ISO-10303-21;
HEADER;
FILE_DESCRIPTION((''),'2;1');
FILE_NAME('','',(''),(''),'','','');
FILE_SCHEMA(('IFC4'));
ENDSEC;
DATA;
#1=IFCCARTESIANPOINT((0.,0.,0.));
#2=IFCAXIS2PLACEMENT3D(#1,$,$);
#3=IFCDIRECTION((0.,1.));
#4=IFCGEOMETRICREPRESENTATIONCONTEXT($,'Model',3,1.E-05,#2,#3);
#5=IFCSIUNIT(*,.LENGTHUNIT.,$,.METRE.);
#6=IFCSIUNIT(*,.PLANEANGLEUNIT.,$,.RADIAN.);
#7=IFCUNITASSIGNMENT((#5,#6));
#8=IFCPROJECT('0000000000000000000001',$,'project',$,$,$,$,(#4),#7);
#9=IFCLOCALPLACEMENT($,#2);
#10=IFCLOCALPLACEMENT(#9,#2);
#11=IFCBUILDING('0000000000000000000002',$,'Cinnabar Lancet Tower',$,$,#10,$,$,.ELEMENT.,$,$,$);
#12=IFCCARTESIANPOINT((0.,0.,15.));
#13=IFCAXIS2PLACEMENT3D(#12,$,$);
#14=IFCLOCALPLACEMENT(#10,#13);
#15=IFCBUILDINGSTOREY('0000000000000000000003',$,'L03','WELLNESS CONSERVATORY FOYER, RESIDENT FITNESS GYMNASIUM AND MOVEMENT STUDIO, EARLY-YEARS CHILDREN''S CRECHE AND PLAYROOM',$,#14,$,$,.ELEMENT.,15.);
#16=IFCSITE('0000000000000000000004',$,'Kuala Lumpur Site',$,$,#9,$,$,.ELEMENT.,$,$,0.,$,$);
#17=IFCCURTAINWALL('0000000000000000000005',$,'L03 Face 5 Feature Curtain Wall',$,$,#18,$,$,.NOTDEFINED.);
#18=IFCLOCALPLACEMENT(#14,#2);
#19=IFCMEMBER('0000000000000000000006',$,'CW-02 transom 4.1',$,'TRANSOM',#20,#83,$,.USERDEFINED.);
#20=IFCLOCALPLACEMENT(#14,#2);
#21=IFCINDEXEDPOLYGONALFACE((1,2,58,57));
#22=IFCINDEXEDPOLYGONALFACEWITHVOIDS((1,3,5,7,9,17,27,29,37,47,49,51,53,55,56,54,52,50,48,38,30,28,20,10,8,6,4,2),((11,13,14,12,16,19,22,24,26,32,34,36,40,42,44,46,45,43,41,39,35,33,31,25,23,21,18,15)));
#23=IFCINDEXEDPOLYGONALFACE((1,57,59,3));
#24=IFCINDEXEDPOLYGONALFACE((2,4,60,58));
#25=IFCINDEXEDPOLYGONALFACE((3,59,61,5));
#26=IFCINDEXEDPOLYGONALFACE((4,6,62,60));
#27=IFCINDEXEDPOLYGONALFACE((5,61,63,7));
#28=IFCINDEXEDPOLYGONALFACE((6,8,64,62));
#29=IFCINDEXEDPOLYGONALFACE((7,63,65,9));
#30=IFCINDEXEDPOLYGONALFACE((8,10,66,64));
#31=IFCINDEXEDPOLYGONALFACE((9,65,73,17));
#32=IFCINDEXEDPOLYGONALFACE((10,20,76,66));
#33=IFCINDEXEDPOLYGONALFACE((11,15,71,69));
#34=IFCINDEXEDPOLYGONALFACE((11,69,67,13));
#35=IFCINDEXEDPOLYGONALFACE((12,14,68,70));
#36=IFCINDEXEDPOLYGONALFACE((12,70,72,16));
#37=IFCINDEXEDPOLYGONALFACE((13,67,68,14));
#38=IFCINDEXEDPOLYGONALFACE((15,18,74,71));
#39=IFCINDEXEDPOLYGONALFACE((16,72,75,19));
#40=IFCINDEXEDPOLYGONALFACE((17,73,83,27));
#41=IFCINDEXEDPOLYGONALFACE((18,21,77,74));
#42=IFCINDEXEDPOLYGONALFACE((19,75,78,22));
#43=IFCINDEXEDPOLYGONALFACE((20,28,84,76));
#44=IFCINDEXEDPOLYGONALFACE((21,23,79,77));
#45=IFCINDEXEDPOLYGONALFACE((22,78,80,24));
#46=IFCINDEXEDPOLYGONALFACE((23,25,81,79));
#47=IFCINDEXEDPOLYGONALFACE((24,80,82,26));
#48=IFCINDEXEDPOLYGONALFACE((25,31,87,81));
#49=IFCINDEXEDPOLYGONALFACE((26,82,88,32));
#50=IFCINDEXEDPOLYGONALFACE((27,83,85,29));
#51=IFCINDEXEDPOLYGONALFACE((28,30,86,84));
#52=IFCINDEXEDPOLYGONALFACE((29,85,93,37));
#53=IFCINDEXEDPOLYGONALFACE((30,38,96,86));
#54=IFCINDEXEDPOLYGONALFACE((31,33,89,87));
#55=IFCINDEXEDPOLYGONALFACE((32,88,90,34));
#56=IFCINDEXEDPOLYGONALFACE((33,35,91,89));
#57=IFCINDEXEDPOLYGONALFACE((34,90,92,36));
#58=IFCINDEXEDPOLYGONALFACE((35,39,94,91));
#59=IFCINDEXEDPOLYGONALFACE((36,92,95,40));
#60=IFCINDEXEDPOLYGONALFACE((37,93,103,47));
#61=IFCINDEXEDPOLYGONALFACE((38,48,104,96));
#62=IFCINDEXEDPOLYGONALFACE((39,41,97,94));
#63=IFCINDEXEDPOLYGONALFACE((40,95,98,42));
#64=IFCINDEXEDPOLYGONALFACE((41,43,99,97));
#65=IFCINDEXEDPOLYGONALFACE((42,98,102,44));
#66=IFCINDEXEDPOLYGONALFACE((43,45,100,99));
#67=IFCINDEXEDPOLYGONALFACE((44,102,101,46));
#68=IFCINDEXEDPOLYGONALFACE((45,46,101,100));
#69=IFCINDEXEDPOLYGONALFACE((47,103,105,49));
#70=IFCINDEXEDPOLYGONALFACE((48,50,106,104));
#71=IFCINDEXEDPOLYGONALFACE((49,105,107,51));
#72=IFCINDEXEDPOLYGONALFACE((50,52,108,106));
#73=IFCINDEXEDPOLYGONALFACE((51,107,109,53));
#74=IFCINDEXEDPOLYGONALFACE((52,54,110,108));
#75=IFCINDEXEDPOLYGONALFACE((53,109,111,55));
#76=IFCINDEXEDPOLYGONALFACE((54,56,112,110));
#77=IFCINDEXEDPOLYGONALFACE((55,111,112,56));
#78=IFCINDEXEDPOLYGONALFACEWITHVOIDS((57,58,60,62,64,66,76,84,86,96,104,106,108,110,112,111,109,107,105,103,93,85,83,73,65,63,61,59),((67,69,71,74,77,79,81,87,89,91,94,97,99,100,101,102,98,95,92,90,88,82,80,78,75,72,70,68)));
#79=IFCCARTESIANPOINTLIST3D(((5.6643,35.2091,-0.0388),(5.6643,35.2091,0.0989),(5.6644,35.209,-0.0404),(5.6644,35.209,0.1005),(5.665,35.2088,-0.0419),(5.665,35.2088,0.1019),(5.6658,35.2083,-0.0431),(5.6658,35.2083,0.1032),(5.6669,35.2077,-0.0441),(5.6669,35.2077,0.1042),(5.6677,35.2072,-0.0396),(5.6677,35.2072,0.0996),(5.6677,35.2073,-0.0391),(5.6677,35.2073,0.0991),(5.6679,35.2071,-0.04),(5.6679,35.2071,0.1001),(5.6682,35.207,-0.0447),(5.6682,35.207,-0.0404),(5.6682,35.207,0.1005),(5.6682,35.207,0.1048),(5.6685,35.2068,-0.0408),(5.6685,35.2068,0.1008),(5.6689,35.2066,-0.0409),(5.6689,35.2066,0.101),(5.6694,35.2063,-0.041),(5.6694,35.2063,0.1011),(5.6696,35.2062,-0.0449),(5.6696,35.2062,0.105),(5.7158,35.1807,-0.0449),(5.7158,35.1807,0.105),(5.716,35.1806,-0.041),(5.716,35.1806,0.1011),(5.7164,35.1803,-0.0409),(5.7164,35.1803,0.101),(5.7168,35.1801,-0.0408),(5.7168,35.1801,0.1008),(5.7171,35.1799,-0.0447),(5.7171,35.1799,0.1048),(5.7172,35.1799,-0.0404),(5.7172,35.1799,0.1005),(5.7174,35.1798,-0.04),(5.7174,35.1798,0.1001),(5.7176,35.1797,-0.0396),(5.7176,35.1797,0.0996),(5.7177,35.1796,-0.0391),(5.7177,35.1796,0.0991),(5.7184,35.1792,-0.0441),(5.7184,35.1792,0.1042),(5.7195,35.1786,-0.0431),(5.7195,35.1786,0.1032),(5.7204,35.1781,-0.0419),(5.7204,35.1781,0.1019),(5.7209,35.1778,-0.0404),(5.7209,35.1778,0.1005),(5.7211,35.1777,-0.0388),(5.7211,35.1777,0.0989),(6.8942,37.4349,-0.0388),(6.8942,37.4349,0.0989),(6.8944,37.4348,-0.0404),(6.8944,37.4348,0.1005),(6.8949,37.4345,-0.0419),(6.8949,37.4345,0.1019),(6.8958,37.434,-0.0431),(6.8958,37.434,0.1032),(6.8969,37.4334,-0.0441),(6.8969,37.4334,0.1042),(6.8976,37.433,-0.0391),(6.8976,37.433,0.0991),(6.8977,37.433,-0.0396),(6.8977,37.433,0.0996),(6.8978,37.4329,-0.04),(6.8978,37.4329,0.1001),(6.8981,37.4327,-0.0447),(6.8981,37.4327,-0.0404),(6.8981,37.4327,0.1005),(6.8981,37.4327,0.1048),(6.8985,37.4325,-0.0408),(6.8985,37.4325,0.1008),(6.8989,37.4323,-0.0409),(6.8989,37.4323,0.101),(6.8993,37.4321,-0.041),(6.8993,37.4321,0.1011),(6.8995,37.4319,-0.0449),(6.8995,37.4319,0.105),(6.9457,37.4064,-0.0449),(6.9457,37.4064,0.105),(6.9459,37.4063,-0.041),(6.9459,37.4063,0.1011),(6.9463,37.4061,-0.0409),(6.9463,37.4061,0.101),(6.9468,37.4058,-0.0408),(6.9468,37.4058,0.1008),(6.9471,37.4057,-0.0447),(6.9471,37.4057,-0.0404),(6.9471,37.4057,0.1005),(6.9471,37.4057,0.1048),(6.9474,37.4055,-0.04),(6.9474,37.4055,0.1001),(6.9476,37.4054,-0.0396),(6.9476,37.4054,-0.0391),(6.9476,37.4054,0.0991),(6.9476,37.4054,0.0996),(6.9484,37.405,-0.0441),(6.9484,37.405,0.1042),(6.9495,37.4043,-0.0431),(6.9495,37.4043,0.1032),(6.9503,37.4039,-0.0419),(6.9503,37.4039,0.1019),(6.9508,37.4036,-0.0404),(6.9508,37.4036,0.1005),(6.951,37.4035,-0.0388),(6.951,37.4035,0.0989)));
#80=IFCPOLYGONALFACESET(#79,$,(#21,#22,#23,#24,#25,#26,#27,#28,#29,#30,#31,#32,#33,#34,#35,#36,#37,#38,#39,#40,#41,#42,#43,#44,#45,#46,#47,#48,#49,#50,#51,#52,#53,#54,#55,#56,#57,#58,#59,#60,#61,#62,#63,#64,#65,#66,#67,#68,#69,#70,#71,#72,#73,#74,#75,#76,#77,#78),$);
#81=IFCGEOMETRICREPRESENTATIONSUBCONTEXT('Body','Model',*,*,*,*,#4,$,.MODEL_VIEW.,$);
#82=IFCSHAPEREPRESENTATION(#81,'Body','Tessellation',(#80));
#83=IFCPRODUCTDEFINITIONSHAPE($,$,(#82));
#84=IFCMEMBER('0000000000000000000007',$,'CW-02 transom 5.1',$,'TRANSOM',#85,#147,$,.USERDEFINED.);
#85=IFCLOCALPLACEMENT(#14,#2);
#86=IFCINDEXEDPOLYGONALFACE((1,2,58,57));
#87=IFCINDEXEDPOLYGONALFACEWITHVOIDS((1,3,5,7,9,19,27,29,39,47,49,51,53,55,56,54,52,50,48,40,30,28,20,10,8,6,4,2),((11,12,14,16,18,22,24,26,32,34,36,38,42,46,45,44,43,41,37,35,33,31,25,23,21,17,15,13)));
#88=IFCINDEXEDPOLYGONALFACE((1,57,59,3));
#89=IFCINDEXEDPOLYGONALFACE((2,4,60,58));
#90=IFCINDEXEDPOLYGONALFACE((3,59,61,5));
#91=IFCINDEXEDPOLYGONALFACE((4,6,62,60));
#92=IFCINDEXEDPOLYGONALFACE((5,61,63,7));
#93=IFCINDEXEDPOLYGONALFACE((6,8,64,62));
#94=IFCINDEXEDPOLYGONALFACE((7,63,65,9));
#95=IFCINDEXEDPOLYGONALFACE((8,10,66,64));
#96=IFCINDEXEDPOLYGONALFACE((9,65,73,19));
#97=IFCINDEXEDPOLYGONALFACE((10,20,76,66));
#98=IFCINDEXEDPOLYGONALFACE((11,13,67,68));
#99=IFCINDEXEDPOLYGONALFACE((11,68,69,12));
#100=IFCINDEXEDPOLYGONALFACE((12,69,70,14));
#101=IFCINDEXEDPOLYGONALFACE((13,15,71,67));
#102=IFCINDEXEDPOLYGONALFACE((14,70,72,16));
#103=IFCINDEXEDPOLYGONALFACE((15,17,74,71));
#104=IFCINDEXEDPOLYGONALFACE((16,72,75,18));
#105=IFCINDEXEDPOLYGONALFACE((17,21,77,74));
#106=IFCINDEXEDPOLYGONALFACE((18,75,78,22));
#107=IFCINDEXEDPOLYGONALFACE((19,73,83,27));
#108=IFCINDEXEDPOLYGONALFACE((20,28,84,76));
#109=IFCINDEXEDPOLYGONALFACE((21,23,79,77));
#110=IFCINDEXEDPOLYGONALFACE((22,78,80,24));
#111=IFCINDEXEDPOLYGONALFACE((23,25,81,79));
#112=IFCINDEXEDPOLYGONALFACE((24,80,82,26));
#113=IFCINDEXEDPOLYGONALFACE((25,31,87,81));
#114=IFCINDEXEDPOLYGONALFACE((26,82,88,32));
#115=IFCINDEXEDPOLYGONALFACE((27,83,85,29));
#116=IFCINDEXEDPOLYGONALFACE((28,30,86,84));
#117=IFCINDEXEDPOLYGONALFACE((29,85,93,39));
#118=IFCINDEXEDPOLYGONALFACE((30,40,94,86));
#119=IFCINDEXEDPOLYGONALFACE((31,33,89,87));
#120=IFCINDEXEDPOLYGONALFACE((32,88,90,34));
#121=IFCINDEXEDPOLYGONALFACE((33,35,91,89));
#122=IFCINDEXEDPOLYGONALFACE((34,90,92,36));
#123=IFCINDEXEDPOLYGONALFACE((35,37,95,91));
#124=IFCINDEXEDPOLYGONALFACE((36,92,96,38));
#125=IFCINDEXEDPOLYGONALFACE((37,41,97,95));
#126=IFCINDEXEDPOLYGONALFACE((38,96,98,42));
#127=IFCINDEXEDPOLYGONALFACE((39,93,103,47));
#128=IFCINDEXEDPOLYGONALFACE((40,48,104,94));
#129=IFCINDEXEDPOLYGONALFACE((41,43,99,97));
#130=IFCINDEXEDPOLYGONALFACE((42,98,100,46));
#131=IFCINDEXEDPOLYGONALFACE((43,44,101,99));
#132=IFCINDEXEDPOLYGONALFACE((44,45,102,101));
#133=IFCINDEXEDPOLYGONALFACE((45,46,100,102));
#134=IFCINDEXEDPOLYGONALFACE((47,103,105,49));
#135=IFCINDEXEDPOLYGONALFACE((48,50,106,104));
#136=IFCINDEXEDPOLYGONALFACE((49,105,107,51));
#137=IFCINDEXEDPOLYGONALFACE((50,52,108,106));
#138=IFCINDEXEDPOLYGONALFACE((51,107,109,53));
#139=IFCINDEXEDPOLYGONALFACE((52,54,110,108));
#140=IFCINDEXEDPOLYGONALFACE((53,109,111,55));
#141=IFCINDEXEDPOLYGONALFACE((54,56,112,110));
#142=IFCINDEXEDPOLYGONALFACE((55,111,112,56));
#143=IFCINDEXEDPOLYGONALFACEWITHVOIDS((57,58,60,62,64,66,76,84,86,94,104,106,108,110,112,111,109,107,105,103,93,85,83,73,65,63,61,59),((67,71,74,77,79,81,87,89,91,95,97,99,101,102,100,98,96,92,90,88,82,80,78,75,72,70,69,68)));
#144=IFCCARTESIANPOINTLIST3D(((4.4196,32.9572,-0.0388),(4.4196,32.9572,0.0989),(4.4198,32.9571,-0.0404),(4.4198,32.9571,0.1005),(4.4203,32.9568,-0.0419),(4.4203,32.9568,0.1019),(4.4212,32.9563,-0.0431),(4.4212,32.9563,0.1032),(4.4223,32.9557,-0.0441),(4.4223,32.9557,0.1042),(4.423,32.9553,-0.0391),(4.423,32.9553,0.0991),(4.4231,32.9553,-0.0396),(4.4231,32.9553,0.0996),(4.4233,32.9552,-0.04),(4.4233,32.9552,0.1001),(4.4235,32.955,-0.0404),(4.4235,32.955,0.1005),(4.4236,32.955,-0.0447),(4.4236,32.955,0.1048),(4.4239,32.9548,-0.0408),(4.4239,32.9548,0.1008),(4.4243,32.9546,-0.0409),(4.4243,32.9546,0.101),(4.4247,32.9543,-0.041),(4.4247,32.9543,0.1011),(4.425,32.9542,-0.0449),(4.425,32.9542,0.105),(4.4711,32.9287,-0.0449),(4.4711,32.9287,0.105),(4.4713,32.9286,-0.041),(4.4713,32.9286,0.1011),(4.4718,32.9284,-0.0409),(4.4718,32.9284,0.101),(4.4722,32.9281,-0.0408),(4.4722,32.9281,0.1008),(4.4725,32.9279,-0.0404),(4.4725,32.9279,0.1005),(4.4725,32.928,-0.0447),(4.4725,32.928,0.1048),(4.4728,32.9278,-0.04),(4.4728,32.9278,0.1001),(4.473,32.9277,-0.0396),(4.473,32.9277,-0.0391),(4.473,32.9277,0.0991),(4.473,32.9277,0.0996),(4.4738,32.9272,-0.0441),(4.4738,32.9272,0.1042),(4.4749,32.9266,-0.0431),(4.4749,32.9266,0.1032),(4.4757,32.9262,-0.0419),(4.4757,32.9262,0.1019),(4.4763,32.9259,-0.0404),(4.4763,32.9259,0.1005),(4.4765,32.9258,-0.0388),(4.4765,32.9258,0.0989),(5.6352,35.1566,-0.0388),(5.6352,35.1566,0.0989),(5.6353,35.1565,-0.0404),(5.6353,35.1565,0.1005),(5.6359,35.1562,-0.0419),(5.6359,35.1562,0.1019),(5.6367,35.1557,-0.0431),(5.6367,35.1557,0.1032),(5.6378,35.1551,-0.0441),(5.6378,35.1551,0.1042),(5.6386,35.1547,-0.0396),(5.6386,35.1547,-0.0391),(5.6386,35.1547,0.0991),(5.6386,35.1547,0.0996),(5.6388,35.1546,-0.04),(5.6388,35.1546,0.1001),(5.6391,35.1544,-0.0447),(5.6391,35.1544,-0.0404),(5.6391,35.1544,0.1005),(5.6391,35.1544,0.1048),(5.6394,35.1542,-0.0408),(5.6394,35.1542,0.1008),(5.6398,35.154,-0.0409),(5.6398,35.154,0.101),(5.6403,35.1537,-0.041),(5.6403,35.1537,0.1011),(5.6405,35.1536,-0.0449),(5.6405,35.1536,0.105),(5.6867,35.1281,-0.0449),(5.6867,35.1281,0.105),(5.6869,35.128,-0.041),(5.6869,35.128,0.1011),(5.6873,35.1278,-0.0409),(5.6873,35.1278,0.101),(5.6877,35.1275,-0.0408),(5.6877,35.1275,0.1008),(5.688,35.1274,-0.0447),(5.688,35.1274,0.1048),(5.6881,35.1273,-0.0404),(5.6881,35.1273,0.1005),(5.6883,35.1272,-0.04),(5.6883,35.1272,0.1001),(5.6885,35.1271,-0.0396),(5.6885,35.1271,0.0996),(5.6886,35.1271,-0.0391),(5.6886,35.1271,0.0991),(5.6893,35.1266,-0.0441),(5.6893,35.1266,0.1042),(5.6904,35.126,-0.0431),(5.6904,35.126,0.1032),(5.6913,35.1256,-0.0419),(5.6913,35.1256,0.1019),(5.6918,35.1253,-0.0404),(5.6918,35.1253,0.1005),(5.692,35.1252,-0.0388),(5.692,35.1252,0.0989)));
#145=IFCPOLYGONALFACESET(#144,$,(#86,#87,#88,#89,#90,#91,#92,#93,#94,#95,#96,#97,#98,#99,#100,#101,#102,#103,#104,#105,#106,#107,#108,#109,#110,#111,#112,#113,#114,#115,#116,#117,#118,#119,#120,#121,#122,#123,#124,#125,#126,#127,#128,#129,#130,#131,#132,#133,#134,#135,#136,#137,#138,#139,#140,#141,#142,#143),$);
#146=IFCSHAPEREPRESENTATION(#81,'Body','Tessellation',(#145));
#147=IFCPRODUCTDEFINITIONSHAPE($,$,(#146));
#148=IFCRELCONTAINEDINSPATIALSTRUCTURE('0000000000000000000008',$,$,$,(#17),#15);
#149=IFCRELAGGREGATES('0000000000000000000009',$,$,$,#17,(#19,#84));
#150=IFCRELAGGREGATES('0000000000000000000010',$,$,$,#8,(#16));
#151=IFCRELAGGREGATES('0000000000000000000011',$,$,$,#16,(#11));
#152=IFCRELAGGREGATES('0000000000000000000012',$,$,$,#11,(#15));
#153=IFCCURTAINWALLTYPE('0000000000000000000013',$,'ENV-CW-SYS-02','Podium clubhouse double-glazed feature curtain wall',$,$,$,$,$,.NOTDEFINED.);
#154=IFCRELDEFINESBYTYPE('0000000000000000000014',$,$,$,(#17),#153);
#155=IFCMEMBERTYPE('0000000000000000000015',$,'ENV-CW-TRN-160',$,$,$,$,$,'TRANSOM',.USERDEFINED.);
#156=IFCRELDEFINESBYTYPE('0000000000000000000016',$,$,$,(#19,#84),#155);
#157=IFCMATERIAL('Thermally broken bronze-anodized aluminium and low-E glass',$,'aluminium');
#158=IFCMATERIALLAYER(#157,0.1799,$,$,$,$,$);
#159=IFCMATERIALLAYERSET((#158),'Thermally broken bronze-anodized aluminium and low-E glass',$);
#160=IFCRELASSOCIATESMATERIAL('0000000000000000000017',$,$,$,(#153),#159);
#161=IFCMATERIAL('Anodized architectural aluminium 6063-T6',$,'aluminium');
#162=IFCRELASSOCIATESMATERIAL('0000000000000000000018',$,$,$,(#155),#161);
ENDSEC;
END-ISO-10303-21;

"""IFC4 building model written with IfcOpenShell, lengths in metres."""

from ifc_helpers import new_model, si_unit, direction, frame, origin, origin_2d, place, context, subcontext, project, spatial, hollow_rectangle, extrude, material, layer, layer_set, material_profile, profile_set, type_object, element, aggregate, save


model = new_model("IFC4")

# Units and contexts
model_context = context("Model", 3, precision=1e-05, world=origin(), true_north=direction((0.0, 1.0)))
body_context = subcontext(model_context, "Body", "Model", "MODEL_VIEW")
ifc_project = project(units=[si_unit("LENGTHUNIT", "METRE"), si_unit("PLANEANGLEUNIT", "RADIAN")], contexts=[model_context])

# Site, building, storey
site_placement = place(None, origin())
site = spatial("IfcSite", under=ifc_project, at=site_placement, Name="Kuala Lumpur Site", CompositionType="ELEMENT", RefElevation=0.0)
building_placement = place(site_placement, origin())
building = spatial("IfcBuilding", under=site, at=building_placement, Name="Cinnabar Lancet Tower", CompositionType="ELEMENT")
storey_placement = place(building_placement, frame((0.0, 0.0, 15.0)))
storey = spatial("IfcBuildingStorey", under=building, at=storey_placement, Name="L03", Description="WELLNESS CONSERVATORY FOYER, RESIDENT FITNESS GYMNASIUM AND MOVEMENT STUDIO, EARLY-YEARS CHILDREN'S CRECHE AND PLAYROOM", CompositionType="ELEMENT", Elevation=15.0)

# Curtain wall, members
ifc_material_1 = material(Name="Thermally broken bronze-anodized aluminium and low-E glass", Category="aluminium")
ifc_layer_1 = layer(ifc_material_1, 0.1799)
ifc_layer_set_1 = layer_set([ifc_layer_1], Name="Thermally broken bronze-anodized aluminium and low-E glass")
curtain_wall_type = type_object("IfcCurtainWallType", Name="ENV-CW-SYS-02", Description="Podium clubhouse double-glazed feature curtain wall", PredefinedType="NOTDEFINED", material=ifc_layer_set_1)
curtain_wall_placement = place(storey_placement, origin())
curtain_wall = element("IfcCurtainWall", 1, at=curtain_wall_placement, inside=storey, type_object=curtain_wall_type, Name="L03 Face 5 Feature Curtain Wall", PredefinedType="NOTDEFINED")
ifc_material_2 = material(Name="Anodized architectural aluminium 6063-T6", Category="aluminium")
ifc_material_profile_1 = material_profile(ifc_material_2, hollow_rectangle(XDim=0.0649, YDim=0.1499, WallThickness=0.0039, InnerFilletRadius=0.002, OuterFilletRadius=0.0061, at=origin_2d()), Name="CW-TRN 150x65x4")
ifc_profile_set_1 = profile_set([ifc_material_profile_1], Name="Anodized architectural aluminium 6063-T6")
member_type_1 = type_object("IfcMemberType", Name="ENV-CW-TRN-160", ElementType="TRANSOM", PredefinedType="USERDEFINED", material=ifc_profile_set_1)
member_1_placement = place(storey_placement, frame((6.9226, 37.4192, 0.03), z_axis=(-0.483661, -0.875255, 0.0), x_axis=(0.875255, -0.483661, 0.0)))
member_1 = element("IfcMember", 2, at=member_1_placement, type_object=member_type_1, Name="CW-02 transom 4.1", ObjectType="TRANSOM", PredefinedType="USERDEFINED", context=body_context, shape_type="SweptSolid", body=[
    extrude(hollow_rectangle(XDim=0.0649, YDim=0.1499, WallThickness=0.0039, InnerFilletRadius=0.002, OuterFilletRadius=0.0061, at=origin_2d()), origin(), (0.0, 0.0, 1.0), 2.543),
])
member_2_placement = place(storey_placement, frame((5.6636, 35.1409, 0.03), z_axis=(-0.483712, -0.875227, 0.0), x_axis=(0.875227, -0.483712, 0.0)))
member_2 = element("IfcMember", 3, at=member_2_placement, type_object=member_type_1, Name="CW-02 transom 5.1", ObjectType="TRANSOM", PredefinedType="USERDEFINED", context=body_context, shape_type="SweptSolid", body=[
    extrude(hollow_rectangle(XDim=0.0649, YDim=0.1499, WallThickness=0.0039, InnerFilletRadius=0.002, OuterFilletRadius=0.0061, at=origin_2d()), origin(), (0.0, 0.0, 1.0), 2.5129),
])

aggregate(curtain_wall, [member_1, member_2])

save(model, "model.ifc")
